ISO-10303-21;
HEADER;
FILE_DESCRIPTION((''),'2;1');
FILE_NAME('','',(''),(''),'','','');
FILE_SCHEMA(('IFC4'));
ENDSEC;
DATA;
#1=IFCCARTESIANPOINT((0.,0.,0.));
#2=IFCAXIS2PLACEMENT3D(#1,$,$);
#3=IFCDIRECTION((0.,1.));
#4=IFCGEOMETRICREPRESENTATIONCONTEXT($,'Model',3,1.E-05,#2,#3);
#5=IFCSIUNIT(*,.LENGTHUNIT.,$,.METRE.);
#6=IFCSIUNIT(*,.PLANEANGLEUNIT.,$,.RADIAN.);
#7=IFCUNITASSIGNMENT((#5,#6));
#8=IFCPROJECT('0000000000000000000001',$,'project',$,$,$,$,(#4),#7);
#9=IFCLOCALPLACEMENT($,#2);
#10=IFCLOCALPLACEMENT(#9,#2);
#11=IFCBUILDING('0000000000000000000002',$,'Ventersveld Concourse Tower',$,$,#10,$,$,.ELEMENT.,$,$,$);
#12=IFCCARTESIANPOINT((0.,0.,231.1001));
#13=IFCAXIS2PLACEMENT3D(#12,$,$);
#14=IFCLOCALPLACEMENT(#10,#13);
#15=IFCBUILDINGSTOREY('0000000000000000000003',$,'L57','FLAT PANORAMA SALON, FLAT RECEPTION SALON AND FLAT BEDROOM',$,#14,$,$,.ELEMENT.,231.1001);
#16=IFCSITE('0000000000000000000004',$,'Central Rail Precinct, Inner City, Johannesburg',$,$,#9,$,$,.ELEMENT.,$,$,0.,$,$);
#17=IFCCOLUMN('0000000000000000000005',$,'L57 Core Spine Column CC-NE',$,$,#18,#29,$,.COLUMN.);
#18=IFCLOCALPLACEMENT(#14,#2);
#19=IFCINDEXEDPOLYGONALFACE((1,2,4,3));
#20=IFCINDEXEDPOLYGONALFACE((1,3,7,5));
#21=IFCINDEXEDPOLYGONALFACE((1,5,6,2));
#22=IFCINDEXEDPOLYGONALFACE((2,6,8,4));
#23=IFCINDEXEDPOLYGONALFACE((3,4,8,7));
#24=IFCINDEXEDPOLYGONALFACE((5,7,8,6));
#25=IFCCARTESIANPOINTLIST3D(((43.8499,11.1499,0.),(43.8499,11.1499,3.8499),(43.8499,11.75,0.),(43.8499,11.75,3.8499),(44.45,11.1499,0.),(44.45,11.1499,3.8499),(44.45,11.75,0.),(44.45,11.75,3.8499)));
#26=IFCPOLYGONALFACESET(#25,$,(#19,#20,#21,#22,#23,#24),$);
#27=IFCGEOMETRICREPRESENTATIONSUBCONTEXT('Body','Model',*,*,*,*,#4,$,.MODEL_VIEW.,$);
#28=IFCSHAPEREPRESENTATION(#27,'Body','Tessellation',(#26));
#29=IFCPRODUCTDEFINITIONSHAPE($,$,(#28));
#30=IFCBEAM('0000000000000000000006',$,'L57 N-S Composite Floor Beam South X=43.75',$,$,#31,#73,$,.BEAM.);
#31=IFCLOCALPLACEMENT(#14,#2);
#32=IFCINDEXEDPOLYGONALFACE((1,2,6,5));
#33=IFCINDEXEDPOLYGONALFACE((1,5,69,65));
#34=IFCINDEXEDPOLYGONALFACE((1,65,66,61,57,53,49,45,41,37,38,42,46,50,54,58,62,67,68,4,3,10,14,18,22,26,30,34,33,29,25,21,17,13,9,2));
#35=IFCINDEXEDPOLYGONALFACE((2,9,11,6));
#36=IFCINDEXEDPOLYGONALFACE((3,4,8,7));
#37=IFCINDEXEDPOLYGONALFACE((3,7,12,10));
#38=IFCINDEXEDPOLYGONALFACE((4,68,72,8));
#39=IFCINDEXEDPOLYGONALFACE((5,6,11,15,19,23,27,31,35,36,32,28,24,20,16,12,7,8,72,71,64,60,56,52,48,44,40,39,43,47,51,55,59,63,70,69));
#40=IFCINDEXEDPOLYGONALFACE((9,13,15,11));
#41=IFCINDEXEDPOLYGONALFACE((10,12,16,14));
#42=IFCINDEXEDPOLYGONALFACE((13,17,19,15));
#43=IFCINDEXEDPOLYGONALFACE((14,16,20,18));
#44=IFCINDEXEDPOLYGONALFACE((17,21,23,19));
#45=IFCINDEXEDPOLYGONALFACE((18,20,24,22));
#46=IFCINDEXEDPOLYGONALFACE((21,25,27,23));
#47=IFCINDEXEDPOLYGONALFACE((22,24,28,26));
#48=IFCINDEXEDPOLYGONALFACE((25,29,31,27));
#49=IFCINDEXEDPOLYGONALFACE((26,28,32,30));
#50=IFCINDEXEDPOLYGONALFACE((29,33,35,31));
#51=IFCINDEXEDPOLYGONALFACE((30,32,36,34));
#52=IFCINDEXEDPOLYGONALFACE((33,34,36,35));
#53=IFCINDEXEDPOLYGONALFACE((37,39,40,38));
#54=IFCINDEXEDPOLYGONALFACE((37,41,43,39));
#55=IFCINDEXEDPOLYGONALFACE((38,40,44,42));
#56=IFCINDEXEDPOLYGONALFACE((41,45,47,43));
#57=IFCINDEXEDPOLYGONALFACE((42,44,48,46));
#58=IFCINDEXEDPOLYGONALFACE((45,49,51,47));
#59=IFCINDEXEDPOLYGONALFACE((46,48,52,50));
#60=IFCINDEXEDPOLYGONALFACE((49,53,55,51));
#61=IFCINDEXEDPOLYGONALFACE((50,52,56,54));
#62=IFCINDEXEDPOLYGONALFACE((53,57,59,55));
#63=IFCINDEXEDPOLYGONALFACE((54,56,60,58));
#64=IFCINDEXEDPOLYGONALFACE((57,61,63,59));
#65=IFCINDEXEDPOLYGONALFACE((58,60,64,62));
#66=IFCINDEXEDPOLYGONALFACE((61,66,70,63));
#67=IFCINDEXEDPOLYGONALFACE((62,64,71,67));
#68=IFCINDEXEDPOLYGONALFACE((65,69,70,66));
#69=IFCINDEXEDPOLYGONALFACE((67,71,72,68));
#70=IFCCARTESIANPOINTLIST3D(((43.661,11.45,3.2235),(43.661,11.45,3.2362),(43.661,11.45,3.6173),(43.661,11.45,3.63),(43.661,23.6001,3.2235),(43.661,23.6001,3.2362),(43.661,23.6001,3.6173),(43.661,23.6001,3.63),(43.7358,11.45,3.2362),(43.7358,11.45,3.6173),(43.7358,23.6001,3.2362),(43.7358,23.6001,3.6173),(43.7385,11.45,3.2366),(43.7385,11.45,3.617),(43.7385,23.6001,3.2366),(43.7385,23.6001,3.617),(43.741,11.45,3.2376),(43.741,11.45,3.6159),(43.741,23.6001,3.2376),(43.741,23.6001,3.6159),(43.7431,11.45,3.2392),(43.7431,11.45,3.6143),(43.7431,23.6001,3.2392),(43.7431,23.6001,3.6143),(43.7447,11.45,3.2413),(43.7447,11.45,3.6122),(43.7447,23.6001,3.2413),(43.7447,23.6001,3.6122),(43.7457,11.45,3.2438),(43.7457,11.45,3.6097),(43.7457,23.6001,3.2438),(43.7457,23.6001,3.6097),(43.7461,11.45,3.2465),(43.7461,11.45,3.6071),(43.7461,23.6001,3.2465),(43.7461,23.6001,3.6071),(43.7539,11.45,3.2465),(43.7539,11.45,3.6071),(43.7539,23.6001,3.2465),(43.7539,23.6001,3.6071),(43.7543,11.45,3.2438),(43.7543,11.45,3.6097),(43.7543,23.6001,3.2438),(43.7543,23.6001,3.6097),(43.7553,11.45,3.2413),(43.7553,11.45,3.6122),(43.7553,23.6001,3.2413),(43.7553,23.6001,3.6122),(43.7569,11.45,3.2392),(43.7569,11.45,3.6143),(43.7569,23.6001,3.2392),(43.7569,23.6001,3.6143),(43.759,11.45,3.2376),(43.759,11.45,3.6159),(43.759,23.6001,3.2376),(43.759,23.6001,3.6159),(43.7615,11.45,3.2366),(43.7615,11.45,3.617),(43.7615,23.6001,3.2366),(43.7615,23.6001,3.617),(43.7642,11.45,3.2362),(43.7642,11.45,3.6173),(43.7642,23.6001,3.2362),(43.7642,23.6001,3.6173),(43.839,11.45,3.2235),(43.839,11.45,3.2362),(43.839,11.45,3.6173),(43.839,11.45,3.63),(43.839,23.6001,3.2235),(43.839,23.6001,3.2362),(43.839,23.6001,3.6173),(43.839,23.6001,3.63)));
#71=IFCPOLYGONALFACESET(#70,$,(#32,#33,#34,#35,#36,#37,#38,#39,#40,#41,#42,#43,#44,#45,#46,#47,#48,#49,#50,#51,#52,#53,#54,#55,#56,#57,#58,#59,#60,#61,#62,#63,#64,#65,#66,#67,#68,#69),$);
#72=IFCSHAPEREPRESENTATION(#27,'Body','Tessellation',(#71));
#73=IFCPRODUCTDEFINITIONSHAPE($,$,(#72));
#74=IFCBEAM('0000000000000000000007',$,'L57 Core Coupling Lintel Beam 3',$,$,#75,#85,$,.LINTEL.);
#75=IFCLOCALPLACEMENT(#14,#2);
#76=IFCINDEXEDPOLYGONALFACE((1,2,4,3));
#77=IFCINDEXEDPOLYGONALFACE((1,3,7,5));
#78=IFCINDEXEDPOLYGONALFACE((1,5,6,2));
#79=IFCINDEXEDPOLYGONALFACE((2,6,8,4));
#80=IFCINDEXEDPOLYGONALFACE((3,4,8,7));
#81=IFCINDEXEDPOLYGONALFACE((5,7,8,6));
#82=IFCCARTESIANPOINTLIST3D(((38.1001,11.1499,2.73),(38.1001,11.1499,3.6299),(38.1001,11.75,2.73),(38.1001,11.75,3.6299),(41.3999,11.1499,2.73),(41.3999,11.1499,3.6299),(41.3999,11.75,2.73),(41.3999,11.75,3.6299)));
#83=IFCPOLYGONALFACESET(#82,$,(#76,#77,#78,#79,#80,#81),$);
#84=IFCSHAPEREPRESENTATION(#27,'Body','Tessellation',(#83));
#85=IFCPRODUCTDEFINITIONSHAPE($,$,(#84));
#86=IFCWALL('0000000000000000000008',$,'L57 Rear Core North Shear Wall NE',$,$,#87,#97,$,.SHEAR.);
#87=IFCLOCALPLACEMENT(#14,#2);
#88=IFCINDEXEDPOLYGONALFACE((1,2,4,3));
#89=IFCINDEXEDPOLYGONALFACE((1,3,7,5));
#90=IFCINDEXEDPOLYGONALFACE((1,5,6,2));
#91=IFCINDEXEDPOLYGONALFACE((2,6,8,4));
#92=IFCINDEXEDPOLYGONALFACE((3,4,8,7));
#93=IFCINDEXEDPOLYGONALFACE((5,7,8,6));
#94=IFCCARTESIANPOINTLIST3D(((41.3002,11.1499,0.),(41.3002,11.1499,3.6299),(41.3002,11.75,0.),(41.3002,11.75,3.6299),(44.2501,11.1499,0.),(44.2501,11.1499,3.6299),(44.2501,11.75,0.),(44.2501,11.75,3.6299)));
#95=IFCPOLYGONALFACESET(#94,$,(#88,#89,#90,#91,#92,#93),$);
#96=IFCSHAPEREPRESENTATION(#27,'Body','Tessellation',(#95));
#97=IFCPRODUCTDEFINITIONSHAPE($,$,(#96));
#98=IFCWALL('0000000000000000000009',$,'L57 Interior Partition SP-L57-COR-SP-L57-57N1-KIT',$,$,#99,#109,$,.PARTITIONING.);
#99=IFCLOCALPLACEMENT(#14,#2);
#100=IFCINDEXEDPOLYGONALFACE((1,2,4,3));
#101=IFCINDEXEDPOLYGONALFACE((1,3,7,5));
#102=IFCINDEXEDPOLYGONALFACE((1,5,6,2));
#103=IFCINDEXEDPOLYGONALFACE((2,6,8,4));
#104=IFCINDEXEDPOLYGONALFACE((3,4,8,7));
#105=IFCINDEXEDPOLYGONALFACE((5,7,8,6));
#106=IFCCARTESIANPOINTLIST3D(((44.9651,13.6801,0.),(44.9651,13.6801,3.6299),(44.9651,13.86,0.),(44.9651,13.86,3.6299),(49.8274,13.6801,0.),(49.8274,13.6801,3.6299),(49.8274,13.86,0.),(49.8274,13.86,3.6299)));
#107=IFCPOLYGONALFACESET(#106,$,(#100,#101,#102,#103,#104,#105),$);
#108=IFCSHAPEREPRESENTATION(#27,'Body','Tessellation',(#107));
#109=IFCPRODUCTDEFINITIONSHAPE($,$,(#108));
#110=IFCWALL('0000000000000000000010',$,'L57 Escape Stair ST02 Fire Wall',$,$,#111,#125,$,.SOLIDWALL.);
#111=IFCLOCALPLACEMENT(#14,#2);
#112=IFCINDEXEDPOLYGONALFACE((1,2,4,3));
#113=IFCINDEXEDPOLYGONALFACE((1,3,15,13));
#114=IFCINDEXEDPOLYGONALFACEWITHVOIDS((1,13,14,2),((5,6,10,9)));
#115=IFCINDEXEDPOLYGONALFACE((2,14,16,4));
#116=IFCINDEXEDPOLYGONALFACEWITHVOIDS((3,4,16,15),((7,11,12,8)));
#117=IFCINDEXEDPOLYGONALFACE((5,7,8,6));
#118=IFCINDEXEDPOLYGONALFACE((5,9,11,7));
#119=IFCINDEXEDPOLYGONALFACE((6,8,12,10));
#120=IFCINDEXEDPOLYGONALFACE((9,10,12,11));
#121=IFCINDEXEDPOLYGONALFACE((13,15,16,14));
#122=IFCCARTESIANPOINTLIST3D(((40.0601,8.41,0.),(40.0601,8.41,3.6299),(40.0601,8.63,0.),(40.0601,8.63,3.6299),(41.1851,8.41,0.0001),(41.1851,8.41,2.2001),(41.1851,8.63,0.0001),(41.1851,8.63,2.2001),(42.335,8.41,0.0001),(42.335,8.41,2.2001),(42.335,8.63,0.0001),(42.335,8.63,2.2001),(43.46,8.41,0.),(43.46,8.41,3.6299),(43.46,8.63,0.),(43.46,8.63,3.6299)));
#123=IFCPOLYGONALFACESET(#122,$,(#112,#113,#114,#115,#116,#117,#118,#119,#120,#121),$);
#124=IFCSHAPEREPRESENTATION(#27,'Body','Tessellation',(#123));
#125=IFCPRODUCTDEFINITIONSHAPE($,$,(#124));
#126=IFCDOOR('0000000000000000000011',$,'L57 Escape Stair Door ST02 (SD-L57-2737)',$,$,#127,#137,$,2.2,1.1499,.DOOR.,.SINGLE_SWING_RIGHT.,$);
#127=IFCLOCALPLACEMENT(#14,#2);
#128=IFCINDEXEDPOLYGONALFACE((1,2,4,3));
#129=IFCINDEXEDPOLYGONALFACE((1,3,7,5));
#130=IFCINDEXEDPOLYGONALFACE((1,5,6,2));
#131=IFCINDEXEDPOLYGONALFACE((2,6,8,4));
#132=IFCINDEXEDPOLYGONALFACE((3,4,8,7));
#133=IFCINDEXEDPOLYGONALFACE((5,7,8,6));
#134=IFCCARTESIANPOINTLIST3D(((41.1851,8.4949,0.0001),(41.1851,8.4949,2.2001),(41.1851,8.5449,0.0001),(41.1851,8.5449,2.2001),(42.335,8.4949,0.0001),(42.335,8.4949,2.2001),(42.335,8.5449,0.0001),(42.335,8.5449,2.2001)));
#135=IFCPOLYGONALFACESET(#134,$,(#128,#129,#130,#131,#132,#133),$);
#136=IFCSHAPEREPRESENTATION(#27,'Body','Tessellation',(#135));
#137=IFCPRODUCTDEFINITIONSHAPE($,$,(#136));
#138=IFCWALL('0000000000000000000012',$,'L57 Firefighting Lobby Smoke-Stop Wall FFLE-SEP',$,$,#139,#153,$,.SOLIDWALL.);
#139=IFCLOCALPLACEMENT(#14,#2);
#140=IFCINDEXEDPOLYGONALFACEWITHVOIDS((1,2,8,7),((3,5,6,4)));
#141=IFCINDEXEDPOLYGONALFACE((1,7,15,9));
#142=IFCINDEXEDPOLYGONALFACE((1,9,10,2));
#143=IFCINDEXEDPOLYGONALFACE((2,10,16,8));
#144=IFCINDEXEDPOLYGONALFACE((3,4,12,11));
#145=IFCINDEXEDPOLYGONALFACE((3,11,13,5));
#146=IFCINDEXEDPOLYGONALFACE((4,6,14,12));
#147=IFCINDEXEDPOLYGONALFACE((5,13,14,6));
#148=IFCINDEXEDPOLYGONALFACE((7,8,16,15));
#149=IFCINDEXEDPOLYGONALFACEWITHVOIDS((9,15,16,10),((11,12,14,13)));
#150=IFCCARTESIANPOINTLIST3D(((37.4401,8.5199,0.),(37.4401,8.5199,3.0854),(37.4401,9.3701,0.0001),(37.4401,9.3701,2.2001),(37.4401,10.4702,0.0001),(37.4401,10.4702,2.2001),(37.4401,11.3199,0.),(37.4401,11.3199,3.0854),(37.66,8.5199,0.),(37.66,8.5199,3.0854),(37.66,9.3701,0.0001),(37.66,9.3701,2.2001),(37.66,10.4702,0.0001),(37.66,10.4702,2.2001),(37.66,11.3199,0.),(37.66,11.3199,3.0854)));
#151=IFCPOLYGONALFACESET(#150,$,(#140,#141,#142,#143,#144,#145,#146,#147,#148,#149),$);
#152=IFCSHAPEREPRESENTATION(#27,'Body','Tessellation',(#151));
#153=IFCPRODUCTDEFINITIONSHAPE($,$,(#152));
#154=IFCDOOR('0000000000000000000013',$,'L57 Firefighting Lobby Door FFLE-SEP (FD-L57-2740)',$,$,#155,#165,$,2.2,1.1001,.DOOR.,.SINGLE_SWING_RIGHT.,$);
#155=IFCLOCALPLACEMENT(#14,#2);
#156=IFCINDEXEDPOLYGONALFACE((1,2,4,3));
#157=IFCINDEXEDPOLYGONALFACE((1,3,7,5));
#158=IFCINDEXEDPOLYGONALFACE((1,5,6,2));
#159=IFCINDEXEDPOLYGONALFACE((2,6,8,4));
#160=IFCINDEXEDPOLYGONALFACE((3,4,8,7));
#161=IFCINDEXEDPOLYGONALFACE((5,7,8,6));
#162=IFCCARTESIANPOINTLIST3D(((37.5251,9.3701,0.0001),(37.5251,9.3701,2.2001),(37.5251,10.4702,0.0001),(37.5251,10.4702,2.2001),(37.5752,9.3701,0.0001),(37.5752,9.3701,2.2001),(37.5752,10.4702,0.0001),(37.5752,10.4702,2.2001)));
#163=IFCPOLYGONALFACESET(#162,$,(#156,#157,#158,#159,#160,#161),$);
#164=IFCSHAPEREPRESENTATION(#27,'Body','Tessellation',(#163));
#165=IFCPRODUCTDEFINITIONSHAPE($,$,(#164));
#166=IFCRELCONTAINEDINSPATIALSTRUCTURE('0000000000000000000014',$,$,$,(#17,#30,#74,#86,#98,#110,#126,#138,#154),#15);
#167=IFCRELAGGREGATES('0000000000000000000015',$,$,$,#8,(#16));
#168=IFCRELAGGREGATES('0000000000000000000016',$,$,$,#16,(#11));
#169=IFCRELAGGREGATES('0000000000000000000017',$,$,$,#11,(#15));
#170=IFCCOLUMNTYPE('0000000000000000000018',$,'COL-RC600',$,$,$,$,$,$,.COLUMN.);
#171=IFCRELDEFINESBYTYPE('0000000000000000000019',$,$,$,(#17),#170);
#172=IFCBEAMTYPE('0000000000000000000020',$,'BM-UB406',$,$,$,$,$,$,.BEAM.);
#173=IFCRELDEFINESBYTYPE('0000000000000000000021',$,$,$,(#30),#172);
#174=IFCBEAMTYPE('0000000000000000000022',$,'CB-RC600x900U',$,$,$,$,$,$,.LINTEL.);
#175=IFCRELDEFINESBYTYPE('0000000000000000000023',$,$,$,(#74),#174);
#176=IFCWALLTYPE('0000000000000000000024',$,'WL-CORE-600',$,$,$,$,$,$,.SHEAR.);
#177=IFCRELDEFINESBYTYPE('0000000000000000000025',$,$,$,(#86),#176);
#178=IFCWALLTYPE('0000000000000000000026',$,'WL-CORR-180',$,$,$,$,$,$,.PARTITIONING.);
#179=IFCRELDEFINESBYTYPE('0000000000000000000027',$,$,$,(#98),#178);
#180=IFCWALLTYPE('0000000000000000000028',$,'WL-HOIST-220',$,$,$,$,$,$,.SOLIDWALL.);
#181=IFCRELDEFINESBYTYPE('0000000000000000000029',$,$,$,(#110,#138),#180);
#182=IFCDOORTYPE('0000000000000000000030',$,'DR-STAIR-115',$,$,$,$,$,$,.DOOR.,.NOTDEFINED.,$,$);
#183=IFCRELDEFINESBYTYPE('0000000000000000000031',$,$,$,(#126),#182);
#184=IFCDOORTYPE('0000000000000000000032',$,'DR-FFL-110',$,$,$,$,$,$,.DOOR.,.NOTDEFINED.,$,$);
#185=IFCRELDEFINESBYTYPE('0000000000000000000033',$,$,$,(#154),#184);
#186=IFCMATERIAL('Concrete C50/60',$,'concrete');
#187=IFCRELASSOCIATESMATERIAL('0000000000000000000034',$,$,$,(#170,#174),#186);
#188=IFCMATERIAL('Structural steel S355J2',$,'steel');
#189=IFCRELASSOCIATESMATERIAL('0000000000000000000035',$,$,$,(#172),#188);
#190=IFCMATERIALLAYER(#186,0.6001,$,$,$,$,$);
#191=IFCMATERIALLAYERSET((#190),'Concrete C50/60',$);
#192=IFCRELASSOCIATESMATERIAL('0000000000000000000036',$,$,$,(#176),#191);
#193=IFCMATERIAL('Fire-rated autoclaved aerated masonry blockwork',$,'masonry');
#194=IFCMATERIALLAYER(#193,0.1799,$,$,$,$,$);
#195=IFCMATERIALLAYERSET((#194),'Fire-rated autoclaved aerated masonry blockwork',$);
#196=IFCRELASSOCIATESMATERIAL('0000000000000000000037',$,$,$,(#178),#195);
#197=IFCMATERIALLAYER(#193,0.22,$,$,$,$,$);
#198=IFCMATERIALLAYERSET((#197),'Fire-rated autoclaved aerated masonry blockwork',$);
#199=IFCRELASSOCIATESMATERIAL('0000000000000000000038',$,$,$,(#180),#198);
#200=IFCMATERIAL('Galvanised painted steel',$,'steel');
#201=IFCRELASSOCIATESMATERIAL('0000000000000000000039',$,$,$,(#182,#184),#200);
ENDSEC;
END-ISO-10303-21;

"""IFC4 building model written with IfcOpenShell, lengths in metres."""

from ifc_helpers import new_model, si_unit, direction, frame, frame_2d, origin, origin_2d, place, context, subcontext, project, spatial, rectangle, i_section, extrude, material, layer, layer_set, material_profile, profile_set, type_object, element, fill, save


model = new_model("IFC4")

# Units and contexts
model_context = context("Model", 3, precision=1e-05, world=origin(), true_north=direction((0.0, 1.0)))
body_context = subcontext(model_context, "Body", "Model", "MODEL_VIEW")
ifc_project = project(units=[si_unit("LENGTHUNIT", "METRE"), si_unit("PLANEANGLEUNIT", "RADIAN")], contexts=[model_context])

# Site, building, storey
site_placement = place(None, origin())
site = spatial("IfcSite", under=ifc_project, at=site_placement, Name="Central Rail Precinct, Inner City, Johannesburg", CompositionType="ELEMENT", RefElevation=0.0)
building_placement = place(site_placement, origin())
building = spatial("IfcBuilding", under=site, at=building_placement, Name="Ventersveld Concourse Tower", CompositionType="ELEMENT")
storey_placement = place(building_placement, frame((0.0, 0.0, 231.1001)))
storey = spatial("IfcBuildingStorey", under=building, at=storey_placement, Name="L57", Description="FLAT PANORAMA SALON, FLAT RECEPTION SALON AND FLAT BEDROOM", CompositionType="ELEMENT", Elevation=231.1001)

# Column
ifc_material_1 = material(Name="Concrete C50/60", Category="concrete")
ifc_material_profile_1 = material_profile(ifc_material_1, rectangle(XDim=0.6001, YDim=0.6001, at=origin_2d()), Name="RC 600x600")
ifc_profile_set_1 = profile_set([ifc_material_profile_1], Name="Concrete C50/60")
column_type = type_object("IfcColumnType", Name="COL-RC600", PredefinedType="COLUMN", material=ifc_profile_set_1)
column_placement = place(storey_placement, frame((44.1499, 11.45, 0.0), z_axis=(0.0, 0.0, 1.0), x_axis=(1.0, 0.0, 0.0)))
element("IfcColumn", 1, at=column_placement, inside=storey, type_object=column_type, Name="L57 Core Spine Column CC-NE", PredefinedType="COLUMN", context=body_context, shape_type="SweptSolid", body=[
    extrude(rectangle(XDim=0.6001, YDim=0.6001, at=origin_2d()), origin(), (0.0, 0.0, 1.0), 3.8499),
])

# Beams
ifc_material_2 = material(Name="Structural steel S355J2", Category="steel")
ifc_material_profile_2 = material_profile(ifc_material_2, i_section(OverallWidth=0.178, OverallDepth=0.4065, WebThickness=0.0078, FlangeThickness=0.0127, FilletRadius=0.0103, at=origin_2d()), Name="UB 406x178x60")
ifc_profile_set_2 = profile_set([ifc_material_profile_2], Name="Structural steel S355J2")
beam_type_1 = type_object("IfcBeamType", Name="BM-UB406", PredefinedType="BEAM", material=ifc_profile_set_2)
beam_1_placement = place(storey_placement, frame((43.75, 11.45, 3.4268), z_axis=(0.0, 1.0, 0.0), x_axis=(-1.0, 0.0, 0.0)))
element("IfcBeam", 2, at=beam_1_placement, inside=storey, type_object=beam_type_1, Name="L57 N-S Composite Floor Beam South X=43.75", PredefinedType="BEAM", context=body_context, shape_type="SweptSolid", body=[
    extrude(i_section(OverallWidth=0.178, OverallDepth=0.4065, WebThickness=0.0078, FlangeThickness=0.0127, FilletRadius=0.0103, at=origin_2d()), origin(), (0.0, 0.0, 1.0), 12.1501),
])
ifc_material_profile_3 = material_profile(ifc_material_1, rectangle(XDim=0.6001, YDim=0.8999, at=origin_2d()), Name="RC 600x900")
ifc_profile_set_3 = profile_set([ifc_material_profile_3], Name="Concrete C50/60")
beam_type_2 = type_object("IfcBeamType", Name="CB-RC600x900U", PredefinedType="LINTEL", material=ifc_profile_set_3)
beam_2_placement = place(storey_placement, frame((38.1001, 11.45, 3.1799), z_axis=(1.0, 0.0, 0.0), x_axis=(0.0, 1.0, 0.0)))
element("IfcBeam", 3, at=beam_2_placement, inside=storey, type_object=beam_type_2, Name="L57 Core Coupling Lintel Beam 3", PredefinedType="LINTEL", context=body_context, shape_type="SweptSolid", body=[
    extrude(rectangle(XDim=0.6001, YDim=0.8999, at=origin_2d()), origin(), (0.0, 0.0, 1.0), 3.2998),
])

# Walls
ifc_layer_1 = layer(ifc_material_1, 0.6001)
ifc_layer_set_1 = layer_set([ifc_layer_1], Name="Concrete C50/60")
wall_type_1 = type_object("IfcWallType", Name="WL-CORE-600", PredefinedType="SHEAR", material=ifc_layer_set_1)
wall_1_placement = place(storey_placement, frame((41.3, 11.45, 0.0), z_axis=(0.0, 0.0, 1.0), x_axis=(1.0, 0.0, 0.0)))
element("IfcWall", 4, at=wall_1_placement, inside=storey, type_object=wall_type_1, Name="L57 Rear Core North Shear Wall NE", PredefinedType="SHEAR", context=body_context, shape_type="SweptSolid", body=[
    extrude(rectangle(XDim=2.95, YDim=0.6001, at=frame_2d((1.4751, 0.0))), origin(), (0.0, 0.0, 1.0), 3.6299),
])
ifc_material_3 = material(Name="Fire-rated autoclaved aerated masonry blockwork", Category="masonry")
ifc_layer_2 = layer(ifc_material_3, 0.1799)
ifc_layer_set_2 = layer_set([ifc_layer_2], Name="Fire-rated autoclaved aerated masonry blockwork")
wall_type_2 = type_object("IfcWallType", Name="WL-CORR-180", PredefinedType="PARTITIONING", material=ifc_layer_set_2)
wall_2_placement = place(storey_placement, frame((44.9651, 13.77, 0.0), z_axis=(0.0, 0.0, 1.0), x_axis=(1.0, 0.0, 0.0)))
element("IfcWall", 5, at=wall_2_placement, inside=storey, type_object=wall_type_2, Name="L57 Interior Partition SP-L57-COR-SP-L57-57N1-KIT", PredefinedType="PARTITIONING", context=body_context, shape_type="SweptSolid", body=[
    extrude(rectangle(XDim=4.8623, YDim=0.1799, at=frame_2d((2.4312, 0.0))), origin(), (0.0, 0.0, 1.0), 3.6299),
])

# Walls, openings, doors
ifc_layer_3 = layer(ifc_material_3, 0.22)
ifc_layer_set_3 = layer_set([ifc_layer_3], Name="Fire-rated autoclaved aerated masonry blockwork")
wall_type_3 = type_object("IfcWallType", Name="WL-HOIST-220", PredefinedType="SOLIDWALL", material=ifc_layer_set_3)
wall_3_placement = place(storey_placement, frame((40.0601, 8.52, 0.0), z_axis=(0.0, 0.0, 1.0), x_axis=(1.0, 0.0, 0.0)))
wall_3 = element("IfcWall", 6, at=wall_3_placement, inside=storey, type_object=wall_type_3, Name="L57 Escape Stair ST02 Fire Wall", PredefinedType="SOLIDWALL", context=body_context, shape_type="SweptSolid", body=[
    extrude(rectangle(XDim=3.3999, YDim=0.22, at=frame_2d((1.7, 0.0))), origin(), (0.0, 0.0, 1.0), 3.6299),
])
opening_1_placement = place(wall_3_placement, frame((1.125, 0.0, 0.0)))
opening_1 = element("IfcOpeningElement", 7, at=opening_1_placement, cuts=wall_3, PredefinedType="OPENING", context=body_context, shape_type="SweptSolid", body=[
    extrude(rectangle(XDim=1.1499, YDim=2.2, at=frame_2d((0.575, 1.1001))), frame((0.0, 0.1201, 0.0), z_axis=(0.0, -1.0, 0.0), x_axis=(1.0, 0.0, 0.0)), (0.0, 0.0, 1.0), 0.24),
])
ifc_material_4 = material(Name="Galvanised painted steel", Category="steel")
door_type_1 = type_object("IfcDoorType", Name="DR-STAIR-115", OperationType="NOTDEFINED", PredefinedType="DOOR", material=ifc_material_4)
door_1_placement = place(opening_1_placement, origin())
door_1 = element("IfcDoor", 8, at=door_1_placement, inside=storey, type_object=door_type_1, Name="L57 Escape Stair Door ST02 (SD-L57-2737)", OperationType="SINGLE_SWING_RIGHT", OverallHeight=2.2, OverallWidth=1.1499, PredefinedType="DOOR", context=body_context, shape_type="SweptSolid", body=[
    extrude(rectangle(XDim=1.1499, YDim=2.2, at=frame_2d((0.575, 1.1001))), frame((0.0, 0.0249, 0.0), z_axis=(0.0, -1.0, 0.0), x_axis=(1.0, 0.0, 0.0)), (0.0, 0.0, 1.0), 0.05),
])
fill(opening_1, door_1)
wall_4_placement = place(storey_placement, frame((37.55, 8.52, 0.0), z_axis=(0.0, 0.0, 1.0), x_axis=(0.0, 1.0, 0.0)))
wall_4 = element("IfcWall", 9, at=wall_4_placement, inside=storey, type_object=wall_type_3, Name="L57 Firefighting Lobby Smoke-Stop Wall FFLE-SEP", PredefinedType="SOLIDWALL", context=body_context, shape_type="SweptSolid", body=[
    extrude(rectangle(XDim=2.8, YDim=0.22, at=frame_2d((1.3999, 0.0))), origin(), (0.0, 0.0, 1.0), 3.0854),
])
opening_2_placement = place(wall_4_placement, frame((0.8501, 0.0, 0.0)))
opening_2 = element("IfcOpeningElement", 10, at=opening_2_placement, cuts=wall_4, PredefinedType="OPENING", context=body_context, shape_type="SweptSolid", body=[
    extrude(rectangle(XDim=1.1001, YDim=2.2, at=frame_2d((0.55, 1.1001))), frame((0.0, 0.1201, 0.0), z_axis=(0.0, -1.0, 0.0), x_axis=(1.0, 0.0, 0.0)), (0.0, 0.0, 1.0), 0.24),
])
door_type_2 = type_object("IfcDoorType", Name="DR-FFL-110", OperationType="NOTDEFINED", PredefinedType="DOOR", material=ifc_material_4)
door_2_placement = place(opening_2_placement, origin())
door_2 = element("IfcDoor", 11, at=door_2_placement, inside=storey, type_object=door_type_2, Name="L57 Firefighting Lobby Door FFLE-SEP (FD-L57-2740)", OperationType="SINGLE_SWING_RIGHT", OverallHeight=2.2, OverallWidth=1.1001, PredefinedType="DOOR", context=body_context, shape_type="SweptSolid", body=[
    extrude(rectangle(XDim=1.1001, YDim=2.2, at=frame_2d((0.55, 1.1001))), frame((0.0, 0.0249, 0.0), z_axis=(0.0, -1.0, 0.0), x_axis=(1.0, 0.0, 0.0)), (0.0, 0.0, 1.0), 0.05),
])
fill(opening_2, door_2)

save(model, "model.ifc")
